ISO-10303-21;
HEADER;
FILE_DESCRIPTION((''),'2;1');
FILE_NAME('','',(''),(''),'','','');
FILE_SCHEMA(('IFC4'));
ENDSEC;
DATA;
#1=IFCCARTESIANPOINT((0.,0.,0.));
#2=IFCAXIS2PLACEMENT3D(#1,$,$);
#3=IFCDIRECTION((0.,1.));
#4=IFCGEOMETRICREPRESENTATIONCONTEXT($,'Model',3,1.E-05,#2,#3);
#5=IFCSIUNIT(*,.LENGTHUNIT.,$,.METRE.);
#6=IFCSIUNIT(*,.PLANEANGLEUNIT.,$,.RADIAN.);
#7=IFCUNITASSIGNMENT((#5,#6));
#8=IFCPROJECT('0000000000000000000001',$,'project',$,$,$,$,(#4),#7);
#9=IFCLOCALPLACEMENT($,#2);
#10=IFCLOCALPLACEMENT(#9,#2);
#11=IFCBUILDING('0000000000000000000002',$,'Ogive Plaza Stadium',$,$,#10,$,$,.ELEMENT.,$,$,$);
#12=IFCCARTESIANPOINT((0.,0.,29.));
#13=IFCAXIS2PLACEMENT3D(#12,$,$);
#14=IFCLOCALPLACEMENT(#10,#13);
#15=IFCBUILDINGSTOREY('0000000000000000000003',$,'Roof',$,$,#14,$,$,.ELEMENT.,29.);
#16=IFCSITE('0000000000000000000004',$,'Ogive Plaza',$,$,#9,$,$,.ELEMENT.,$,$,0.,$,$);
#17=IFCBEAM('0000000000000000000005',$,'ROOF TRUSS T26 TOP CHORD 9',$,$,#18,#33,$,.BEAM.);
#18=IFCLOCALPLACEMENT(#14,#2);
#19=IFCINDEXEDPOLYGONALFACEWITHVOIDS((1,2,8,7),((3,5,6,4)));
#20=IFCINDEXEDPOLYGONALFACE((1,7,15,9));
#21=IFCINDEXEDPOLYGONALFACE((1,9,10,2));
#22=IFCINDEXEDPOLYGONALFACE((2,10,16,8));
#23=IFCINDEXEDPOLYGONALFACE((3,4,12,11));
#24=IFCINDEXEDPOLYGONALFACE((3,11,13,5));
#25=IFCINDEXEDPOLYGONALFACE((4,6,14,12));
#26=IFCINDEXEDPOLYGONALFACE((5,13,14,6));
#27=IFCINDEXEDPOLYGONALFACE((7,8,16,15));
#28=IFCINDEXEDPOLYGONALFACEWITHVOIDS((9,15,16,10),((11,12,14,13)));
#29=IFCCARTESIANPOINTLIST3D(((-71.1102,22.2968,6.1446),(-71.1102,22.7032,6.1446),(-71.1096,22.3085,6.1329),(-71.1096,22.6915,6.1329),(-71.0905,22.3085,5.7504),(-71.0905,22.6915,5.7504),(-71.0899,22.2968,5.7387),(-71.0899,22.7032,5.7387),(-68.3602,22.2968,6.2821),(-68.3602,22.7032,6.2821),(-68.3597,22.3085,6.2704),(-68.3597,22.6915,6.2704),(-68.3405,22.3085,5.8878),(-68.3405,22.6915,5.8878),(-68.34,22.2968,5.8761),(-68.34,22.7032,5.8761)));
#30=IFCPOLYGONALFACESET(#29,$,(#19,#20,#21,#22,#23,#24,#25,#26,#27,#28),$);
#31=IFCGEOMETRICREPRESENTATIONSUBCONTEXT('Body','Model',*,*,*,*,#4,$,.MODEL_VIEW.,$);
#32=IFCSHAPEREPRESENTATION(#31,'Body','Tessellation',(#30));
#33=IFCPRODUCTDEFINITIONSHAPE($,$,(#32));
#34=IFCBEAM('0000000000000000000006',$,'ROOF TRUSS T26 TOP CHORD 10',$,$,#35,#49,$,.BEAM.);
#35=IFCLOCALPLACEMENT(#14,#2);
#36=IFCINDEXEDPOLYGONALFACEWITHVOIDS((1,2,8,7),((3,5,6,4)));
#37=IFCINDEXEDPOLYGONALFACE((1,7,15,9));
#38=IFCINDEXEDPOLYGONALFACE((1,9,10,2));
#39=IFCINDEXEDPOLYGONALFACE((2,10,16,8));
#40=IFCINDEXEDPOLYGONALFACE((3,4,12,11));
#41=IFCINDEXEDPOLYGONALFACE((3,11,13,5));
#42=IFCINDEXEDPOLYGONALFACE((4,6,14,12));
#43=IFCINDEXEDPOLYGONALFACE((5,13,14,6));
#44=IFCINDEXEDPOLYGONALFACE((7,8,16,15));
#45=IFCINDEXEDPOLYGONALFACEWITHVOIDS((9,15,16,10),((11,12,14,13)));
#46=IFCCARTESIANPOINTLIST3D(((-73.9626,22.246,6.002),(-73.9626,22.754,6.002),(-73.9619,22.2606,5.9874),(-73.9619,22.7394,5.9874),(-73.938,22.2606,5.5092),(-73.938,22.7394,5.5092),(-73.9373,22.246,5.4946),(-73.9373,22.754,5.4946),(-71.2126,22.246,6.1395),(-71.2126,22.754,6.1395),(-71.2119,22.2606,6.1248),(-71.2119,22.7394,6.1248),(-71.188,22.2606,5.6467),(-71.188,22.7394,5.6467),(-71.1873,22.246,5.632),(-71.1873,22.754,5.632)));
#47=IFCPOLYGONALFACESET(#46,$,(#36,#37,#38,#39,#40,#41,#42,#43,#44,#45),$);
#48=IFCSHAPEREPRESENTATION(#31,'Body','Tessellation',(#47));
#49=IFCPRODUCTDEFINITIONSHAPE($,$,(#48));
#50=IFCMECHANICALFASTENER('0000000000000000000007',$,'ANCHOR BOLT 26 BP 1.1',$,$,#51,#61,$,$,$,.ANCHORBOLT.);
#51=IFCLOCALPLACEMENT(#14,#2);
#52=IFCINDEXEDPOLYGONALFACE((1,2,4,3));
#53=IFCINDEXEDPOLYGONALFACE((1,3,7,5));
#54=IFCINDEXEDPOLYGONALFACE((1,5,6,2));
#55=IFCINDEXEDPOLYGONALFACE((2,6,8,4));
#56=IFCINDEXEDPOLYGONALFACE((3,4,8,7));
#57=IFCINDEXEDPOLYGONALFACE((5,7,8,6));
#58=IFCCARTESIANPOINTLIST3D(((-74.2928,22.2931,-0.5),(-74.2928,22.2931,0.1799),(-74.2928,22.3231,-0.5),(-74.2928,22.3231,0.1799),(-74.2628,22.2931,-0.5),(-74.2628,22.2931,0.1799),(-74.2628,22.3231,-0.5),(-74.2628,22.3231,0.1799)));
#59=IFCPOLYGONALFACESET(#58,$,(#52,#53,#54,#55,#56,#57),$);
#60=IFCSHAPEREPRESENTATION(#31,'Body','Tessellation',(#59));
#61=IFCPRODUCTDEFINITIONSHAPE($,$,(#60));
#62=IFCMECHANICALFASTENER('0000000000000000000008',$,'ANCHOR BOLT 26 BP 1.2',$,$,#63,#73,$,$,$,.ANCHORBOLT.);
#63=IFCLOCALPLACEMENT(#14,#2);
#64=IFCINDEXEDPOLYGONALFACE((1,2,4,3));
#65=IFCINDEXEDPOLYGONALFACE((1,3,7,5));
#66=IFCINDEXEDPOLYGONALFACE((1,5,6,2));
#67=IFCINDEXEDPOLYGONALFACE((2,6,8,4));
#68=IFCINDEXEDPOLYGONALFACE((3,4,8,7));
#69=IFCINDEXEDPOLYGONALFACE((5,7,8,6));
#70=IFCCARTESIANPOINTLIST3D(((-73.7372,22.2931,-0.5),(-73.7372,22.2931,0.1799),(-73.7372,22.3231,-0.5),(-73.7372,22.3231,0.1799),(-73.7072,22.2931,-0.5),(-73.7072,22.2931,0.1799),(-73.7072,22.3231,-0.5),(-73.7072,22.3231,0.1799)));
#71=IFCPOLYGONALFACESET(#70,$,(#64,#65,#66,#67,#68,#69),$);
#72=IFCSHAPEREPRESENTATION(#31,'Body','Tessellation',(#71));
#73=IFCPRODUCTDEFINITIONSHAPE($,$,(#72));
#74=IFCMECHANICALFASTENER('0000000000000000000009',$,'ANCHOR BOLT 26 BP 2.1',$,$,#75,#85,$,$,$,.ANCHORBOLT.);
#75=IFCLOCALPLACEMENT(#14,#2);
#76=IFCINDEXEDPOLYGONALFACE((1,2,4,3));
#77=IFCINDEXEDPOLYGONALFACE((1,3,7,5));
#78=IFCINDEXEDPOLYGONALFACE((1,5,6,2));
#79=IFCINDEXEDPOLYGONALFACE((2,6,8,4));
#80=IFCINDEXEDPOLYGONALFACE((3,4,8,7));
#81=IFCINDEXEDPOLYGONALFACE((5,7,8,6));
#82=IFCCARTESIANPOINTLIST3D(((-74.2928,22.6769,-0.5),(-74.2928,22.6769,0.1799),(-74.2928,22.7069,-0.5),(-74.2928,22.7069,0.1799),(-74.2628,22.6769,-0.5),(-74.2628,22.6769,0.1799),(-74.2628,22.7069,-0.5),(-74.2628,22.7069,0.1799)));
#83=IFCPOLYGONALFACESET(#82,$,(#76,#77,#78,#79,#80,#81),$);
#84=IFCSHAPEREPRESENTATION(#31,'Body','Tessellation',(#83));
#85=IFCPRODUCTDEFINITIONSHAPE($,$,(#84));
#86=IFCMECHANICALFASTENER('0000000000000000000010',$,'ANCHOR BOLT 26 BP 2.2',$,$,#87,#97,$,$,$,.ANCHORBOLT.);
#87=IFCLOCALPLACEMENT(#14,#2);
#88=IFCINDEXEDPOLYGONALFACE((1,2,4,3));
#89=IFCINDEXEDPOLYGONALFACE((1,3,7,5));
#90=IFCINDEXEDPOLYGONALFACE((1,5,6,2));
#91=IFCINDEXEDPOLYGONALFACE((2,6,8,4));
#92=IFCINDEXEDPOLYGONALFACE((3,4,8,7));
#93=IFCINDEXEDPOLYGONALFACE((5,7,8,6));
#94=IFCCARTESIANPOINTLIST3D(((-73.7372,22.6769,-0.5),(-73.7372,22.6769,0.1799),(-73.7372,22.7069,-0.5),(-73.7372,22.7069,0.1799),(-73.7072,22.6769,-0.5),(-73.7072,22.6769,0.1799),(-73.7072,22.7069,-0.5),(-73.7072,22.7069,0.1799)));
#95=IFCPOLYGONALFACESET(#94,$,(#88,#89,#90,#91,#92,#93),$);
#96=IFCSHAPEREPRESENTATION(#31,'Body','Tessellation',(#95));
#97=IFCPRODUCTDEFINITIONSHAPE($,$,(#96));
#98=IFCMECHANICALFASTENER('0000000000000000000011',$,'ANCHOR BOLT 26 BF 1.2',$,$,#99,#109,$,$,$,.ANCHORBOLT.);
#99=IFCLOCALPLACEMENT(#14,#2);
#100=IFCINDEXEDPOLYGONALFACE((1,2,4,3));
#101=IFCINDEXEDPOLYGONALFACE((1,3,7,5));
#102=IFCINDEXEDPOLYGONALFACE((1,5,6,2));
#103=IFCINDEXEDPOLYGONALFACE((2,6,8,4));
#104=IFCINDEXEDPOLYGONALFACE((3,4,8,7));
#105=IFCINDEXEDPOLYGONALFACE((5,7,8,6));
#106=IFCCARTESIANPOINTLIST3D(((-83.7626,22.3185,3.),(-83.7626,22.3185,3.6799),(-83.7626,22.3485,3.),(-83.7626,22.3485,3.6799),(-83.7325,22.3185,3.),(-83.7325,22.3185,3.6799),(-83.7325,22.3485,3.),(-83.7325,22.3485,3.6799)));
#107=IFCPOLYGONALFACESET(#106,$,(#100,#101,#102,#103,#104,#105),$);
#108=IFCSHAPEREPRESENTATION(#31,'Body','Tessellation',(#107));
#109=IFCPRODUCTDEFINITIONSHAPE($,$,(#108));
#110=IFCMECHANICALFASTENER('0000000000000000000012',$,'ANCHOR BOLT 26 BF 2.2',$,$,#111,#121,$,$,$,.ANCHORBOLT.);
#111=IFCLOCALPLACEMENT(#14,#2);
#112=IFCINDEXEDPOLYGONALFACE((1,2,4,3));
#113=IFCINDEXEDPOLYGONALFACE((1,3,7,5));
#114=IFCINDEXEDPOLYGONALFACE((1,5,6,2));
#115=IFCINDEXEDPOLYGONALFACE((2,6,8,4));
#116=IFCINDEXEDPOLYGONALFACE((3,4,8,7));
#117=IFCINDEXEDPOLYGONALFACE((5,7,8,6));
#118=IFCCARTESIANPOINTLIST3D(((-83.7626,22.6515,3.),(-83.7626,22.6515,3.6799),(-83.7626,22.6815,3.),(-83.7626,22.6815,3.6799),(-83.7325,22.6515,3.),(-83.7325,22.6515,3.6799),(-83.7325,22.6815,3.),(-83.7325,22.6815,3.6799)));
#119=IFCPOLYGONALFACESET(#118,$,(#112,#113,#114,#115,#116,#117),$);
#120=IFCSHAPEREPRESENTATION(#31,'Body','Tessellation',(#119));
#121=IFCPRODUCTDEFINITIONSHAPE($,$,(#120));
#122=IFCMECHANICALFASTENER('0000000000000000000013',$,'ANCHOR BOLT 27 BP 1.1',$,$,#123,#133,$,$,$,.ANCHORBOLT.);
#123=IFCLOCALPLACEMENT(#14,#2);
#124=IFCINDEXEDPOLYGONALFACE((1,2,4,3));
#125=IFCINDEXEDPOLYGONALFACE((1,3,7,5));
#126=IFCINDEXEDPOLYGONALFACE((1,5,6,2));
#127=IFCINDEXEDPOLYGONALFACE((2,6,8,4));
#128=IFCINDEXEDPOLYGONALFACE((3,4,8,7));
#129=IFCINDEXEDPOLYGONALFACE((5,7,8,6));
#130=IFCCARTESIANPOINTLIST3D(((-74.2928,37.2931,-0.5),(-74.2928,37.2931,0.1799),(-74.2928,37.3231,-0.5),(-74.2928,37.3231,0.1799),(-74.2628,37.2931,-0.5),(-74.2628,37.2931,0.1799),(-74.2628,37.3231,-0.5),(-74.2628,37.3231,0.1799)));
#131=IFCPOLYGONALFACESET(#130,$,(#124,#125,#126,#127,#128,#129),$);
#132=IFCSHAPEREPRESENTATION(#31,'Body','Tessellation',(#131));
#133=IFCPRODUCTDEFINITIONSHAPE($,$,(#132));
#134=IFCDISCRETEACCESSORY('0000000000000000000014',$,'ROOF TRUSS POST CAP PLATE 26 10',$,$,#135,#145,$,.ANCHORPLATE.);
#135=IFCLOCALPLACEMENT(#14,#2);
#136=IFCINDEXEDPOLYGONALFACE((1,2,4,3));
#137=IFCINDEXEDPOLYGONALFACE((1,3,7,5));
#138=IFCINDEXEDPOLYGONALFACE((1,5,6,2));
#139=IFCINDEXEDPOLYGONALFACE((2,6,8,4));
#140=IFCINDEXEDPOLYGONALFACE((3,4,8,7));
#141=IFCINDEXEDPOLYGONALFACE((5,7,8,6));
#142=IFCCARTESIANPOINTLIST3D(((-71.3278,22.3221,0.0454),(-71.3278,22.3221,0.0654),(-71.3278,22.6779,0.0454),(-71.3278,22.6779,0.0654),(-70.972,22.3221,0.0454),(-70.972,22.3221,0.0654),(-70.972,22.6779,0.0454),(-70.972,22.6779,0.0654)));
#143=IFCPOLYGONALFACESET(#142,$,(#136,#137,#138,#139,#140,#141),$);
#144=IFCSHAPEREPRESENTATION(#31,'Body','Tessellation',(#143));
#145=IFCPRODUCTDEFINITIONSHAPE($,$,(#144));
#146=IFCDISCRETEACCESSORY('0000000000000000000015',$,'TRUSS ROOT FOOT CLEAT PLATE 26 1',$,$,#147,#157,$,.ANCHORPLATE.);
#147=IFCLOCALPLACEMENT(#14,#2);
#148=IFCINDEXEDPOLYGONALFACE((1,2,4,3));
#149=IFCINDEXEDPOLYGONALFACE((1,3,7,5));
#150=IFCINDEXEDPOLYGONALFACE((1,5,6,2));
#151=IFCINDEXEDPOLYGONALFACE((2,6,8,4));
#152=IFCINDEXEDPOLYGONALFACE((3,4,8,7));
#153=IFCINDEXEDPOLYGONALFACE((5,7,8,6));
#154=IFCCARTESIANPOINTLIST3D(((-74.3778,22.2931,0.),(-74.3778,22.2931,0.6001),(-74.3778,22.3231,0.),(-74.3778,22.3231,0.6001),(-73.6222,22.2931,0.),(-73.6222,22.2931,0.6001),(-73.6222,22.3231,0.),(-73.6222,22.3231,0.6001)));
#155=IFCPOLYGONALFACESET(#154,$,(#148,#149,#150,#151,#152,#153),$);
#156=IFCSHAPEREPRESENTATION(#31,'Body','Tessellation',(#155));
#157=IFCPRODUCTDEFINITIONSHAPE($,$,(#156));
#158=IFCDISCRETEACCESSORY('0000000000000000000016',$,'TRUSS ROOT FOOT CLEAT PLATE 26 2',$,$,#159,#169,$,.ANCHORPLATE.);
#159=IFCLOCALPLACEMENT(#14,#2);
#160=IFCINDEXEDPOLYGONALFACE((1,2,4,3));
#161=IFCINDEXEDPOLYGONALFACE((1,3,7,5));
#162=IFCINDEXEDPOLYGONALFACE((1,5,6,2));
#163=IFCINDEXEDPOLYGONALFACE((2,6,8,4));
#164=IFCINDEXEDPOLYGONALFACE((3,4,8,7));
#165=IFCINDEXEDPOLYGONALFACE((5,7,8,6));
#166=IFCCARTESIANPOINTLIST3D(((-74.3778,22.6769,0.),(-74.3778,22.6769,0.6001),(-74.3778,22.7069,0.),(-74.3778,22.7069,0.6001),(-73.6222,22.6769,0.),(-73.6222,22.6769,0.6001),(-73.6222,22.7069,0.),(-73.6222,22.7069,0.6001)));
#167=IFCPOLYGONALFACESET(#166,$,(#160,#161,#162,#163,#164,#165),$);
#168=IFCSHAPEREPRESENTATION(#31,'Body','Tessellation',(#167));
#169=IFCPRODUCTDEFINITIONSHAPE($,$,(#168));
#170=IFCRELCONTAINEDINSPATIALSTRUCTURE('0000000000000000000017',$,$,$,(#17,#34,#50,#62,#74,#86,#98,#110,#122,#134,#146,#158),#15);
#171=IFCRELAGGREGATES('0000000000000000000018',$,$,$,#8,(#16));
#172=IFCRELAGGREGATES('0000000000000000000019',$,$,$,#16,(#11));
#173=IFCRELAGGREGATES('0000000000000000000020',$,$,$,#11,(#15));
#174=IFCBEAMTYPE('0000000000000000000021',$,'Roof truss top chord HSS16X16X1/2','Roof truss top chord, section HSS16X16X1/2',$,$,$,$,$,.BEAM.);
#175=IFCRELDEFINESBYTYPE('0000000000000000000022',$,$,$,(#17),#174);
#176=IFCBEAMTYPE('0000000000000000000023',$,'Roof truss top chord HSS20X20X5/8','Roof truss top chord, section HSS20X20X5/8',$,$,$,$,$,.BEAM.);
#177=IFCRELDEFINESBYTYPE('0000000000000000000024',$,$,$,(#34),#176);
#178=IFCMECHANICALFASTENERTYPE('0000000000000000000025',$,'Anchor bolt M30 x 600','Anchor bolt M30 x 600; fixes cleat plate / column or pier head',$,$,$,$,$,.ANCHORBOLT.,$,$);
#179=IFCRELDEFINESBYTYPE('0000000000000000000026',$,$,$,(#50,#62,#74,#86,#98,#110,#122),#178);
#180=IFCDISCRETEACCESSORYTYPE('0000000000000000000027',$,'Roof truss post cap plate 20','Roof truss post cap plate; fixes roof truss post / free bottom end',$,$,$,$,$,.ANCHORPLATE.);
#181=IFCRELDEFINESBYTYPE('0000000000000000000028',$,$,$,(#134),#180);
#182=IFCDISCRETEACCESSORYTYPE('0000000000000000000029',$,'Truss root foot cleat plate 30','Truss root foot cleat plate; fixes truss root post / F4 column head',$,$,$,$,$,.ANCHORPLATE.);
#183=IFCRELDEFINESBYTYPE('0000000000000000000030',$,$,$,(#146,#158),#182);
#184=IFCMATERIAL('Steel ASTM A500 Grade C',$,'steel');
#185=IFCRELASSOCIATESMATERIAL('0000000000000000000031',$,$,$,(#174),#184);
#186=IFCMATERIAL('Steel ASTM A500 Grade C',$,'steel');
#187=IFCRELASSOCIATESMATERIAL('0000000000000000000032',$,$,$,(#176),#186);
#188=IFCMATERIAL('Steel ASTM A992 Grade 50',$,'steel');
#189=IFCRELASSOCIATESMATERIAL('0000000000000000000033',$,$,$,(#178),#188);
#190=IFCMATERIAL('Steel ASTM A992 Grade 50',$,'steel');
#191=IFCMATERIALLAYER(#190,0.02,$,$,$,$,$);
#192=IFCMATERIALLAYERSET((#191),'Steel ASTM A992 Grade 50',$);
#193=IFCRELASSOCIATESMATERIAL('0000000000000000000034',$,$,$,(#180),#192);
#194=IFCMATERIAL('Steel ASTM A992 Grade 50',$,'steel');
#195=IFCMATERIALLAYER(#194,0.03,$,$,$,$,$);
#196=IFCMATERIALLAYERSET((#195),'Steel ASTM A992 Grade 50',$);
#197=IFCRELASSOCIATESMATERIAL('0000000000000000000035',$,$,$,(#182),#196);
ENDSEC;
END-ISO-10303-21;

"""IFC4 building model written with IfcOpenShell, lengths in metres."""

from ifc_helpers import new_model, si_unit, direction, frame, origin, origin_2d, place, context, subcontext, project, spatial, rectangle, hollow_rectangle, extrude, material, layer, layer_set, material_profile, profile_set, type_object, element, save


model = new_model("IFC4")

# Units and contexts
model_context = context("Model", 3, precision=1e-05, world=origin(), true_north=direction((0.0, 1.0)))
body_context = subcontext(model_context, "Body", "Model", "MODEL_VIEW")
ifc_project = project(units=[si_unit("LENGTHUNIT", "METRE"), si_unit("PLANEANGLEUNIT", "RADIAN")], contexts=[model_context])

# Site, building, storey
site_placement = place(None, origin())
site = spatial("IfcSite", under=ifc_project, at=site_placement, Name="Ogive Plaza", CompositionType="ELEMENT", RefElevation=0.0)
building_placement = place(site_placement, origin())
building = spatial("IfcBuilding", under=site, at=building_placement, Name="Ogive Plaza Stadium", CompositionType="ELEMENT")
storey_placement = place(building_placement, frame((0.0, 0.0, 29.0)))
storey = spatial("IfcBuildingStorey", under=building, at=storey_placement, Name="Roof", CompositionType="ELEMENT", Elevation=29.0)

# Beams
ifc_material_1 = material(Name="Steel ASTM A500 Grade C", Category="steel")
ifc_material_profile_1 = material_profile(ifc_material_1, hollow_rectangle(XDim=0.4065, YDim=0.4065, WallThickness=0.0117, at=origin_2d()), Name="HSS16X16X1/2")
ifc_profile_set_1 = profile_set([ifc_material_profile_1], Name="Steel ASTM A500 Grade C")
beam_type_1 = type_object("IfcBeamType", Name="Roof truss top chord HSS16X16X1/2", Description="Roof truss top chord, section HSS16X16X1/2", PredefinedType="BEAM", material=ifc_profile_set_1)
beam_1_placement = place(storey_placement, frame((-68.3501, 22.5, 6.0791), z_axis=(-0.998753, 0.0, -0.04992), x_axis=(0.0, -1.0, 0.0)))
element("IfcBeam", 1, at=beam_1_placement, inside=storey, type_object=beam_type_1, Name="ROOF TRUSS T26 TOP CHORD 9", PredefinedType="BEAM", context=body_context, shape_type="SweptSolid", body=[
    extrude(hollow_rectangle(XDim=0.4065, YDim=0.4065, WallThickness=0.0117, at=origin_2d()), origin(), (0.0, 0.0, 1.0), 2.7534),
])
ifc_material_2 = material(Name="Steel ASTM A500 Grade C", Category="steel")
ifc_material_profile_2 = material_profile(ifc_material_2, hollow_rectangle(XDim=0.5081, YDim=0.5081, WallThickness=0.0146, at=origin_2d()), Name="HSS20X20X5/8")
ifc_profile_set_2 = profile_set([ifc_material_profile_2], Name="Steel ASTM A500 Grade C")
beam_type_2 = type_object("IfcBeamType", Name="Roof truss top chord HSS20X20X5/8", Description="Roof truss top chord, section HSS20X20X5/8", PredefinedType="BEAM", material=ifc_profile_set_2)
beam_2_placement = place(storey_placement, frame((-71.2, 22.5, 5.8857), z_axis=(-0.998753, 0.0, -0.04992), x_axis=(0.0, -1.0, 0.0)))
element("IfcBeam", 2, at=beam_2_placement, inside=storey, type_object=beam_type_2, Name="ROOF TRUSS T26 TOP CHORD 10", PredefinedType="BEAM", context=body_context, shape_type="SweptSolid", body=[
    extrude(hollow_rectangle(XDim=0.5081, YDim=0.5081, WallThickness=0.0146, at=origin_2d()), origin(), (0.0, 0.0, 1.0), 2.7534),
])

# Mechanical fasteners
ifc_material_3 = material(Name="Steel ASTM A992 Grade 50", Category="steel")
mechanical_fastener_type = type_object("IfcMechanicalFastenerType", Name="Anchor bolt M30 x 600", Description="Anchor bolt M30 x 600; fixes cleat plate / column or pier head", PredefinedType="ANCHORBOLT", material=ifc_material_3)
for number, where, z_axis, x_axis, name in (
    (3, (-74.2778, 22.3081, -0.5), (0.0, 0.0, 1.0), (-1.0, 0.0, 0.0), "ANCHOR BOLT 26 BP 1.1"),
    (4, (-73.7222, 22.3081, -0.5), (0.0, 0.0, 1.0), (-1.0, 0.0, 0.0), "ANCHOR BOLT 26 BP 1.2"),
    (5, (-74.2778, 22.6919, -0.5), (0.0, 0.0, 1.0), (-1.0, 0.0, 0.0), "ANCHOR BOLT 26 BP 2.1"),
    (6, (-73.7222, 22.6919, -0.5), (0.0, 0.0, 1.0), (-1.0, 0.0, 0.0), "ANCHOR BOLT 26 BP 2.2"),
    (7, (-83.7476, 22.3335, 3.0), (0.0, 0.0, 1.0), (-1.0, 0.0, 0.0), "ANCHOR BOLT 26 BF 1.2"),
    (8, (-83.7476, 22.6665, 3.0), (0.0, 0.0, 1.0), (-1.0, 0.0, 0.0), "ANCHOR BOLT 26 BF 2.2"),
    (9, (-74.2778, 37.3081, -0.5), (0.0, 0.0, 1.0), (-1.0, 0.0, 0.0), "ANCHOR BOLT 27 BP 1.1"),
):
    element("IfcMechanicalFastener", number, at=place(storey_placement, frame(where, z_axis=z_axis, x_axis=x_axis)), inside=storey, type_object=mechanical_fastener_type, Name=name, PredefinedType="ANCHORBOLT", context=body_context, shape_type="SweptSolid", body=[
        extrude(rectangle(XDim=0.03, YDim=0.03, at=origin_2d()), origin(), (0.0, 0.0, 1.0), 0.6799),
    ])

# Discrete accessories
ifc_material_4 = material(Name="Steel ASTM A992 Grade 50", Category="steel")
ifc_layer_1 = layer(ifc_material_4, 0.02)
ifc_layer_set_1 = layer_set([ifc_layer_1], Name="Steel ASTM A992 Grade 50")
discrete_accessory_type_1 = type_object("IfcDiscreteAccessoryType", Name="Roof truss post cap plate 20", Description="Roof truss post cap plate; fixes roof truss post / free bottom end", PredefinedType="ANCHORPLATE", material=ifc_layer_set_1)
discrete_accessory_placement = place(storey_placement, frame((-71.1499, 22.5, 0.0454), z_axis=(0.0, 0.0, 1.0), x_axis=(-1.0, 0.0, 0.0)))
element("IfcDiscreteAccessory", 10, at=discrete_accessory_placement, inside=storey, type_object=discrete_accessory_type_1, Name="ROOF TRUSS POST CAP PLATE 26 10", PredefinedType="ANCHORPLATE", context=body_context, shape_type="SweptSolid", body=[
    extrude(rectangle(XDim=0.3557, YDim=0.3557, at=origin_2d()), origin(), (0.0, 0.0, 1.0), 0.02),
])
ifc_material_5 = material(Name="Steel ASTM A992 Grade 50", Category="steel")
ifc_layer_2 = layer(ifc_material_5, 0.03)
ifc_layer_set_2 = layer_set([ifc_layer_2], Name="Steel ASTM A992 Grade 50")
discrete_accessory_type_2 = type_object("IfcDiscreteAccessoryType", Name="Truss root foot cleat plate 30", Description="Truss root foot cleat plate; fixes truss root post / F4 column head", PredefinedType="ANCHORPLATE", material=ifc_layer_set_2)
for number, where, z_axis, x_axis, name in (
    (11, (-74.0, 22.3081, 0.0), (0.0, 0.0, 1.0), (-1.0, 0.0, 0.0), "TRUSS ROOT FOOT CLEAT PLATE 26 1"),
    (12, (-74.0, 22.6919, 0.0), (0.0, 0.0, 1.0), (-1.0, 0.0, 0.0), "TRUSS ROOT FOOT CLEAT PLATE 26 2"),
):
    element("IfcDiscreteAccessory", number, at=place(storey_placement, frame(where, z_axis=z_axis, x_axis=x_axis)), inside=storey, type_object=discrete_accessory_type_2, Name=name, PredefinedType="ANCHORPLATE", context=body_context, shape_type="SweptSolid", body=[
        extrude(rectangle(XDim=0.7556, YDim=0.03, at=origin_2d()), origin(), (0.0, 0.0, 1.0), 0.6001),
    ])

save(model, "model.ifc")
